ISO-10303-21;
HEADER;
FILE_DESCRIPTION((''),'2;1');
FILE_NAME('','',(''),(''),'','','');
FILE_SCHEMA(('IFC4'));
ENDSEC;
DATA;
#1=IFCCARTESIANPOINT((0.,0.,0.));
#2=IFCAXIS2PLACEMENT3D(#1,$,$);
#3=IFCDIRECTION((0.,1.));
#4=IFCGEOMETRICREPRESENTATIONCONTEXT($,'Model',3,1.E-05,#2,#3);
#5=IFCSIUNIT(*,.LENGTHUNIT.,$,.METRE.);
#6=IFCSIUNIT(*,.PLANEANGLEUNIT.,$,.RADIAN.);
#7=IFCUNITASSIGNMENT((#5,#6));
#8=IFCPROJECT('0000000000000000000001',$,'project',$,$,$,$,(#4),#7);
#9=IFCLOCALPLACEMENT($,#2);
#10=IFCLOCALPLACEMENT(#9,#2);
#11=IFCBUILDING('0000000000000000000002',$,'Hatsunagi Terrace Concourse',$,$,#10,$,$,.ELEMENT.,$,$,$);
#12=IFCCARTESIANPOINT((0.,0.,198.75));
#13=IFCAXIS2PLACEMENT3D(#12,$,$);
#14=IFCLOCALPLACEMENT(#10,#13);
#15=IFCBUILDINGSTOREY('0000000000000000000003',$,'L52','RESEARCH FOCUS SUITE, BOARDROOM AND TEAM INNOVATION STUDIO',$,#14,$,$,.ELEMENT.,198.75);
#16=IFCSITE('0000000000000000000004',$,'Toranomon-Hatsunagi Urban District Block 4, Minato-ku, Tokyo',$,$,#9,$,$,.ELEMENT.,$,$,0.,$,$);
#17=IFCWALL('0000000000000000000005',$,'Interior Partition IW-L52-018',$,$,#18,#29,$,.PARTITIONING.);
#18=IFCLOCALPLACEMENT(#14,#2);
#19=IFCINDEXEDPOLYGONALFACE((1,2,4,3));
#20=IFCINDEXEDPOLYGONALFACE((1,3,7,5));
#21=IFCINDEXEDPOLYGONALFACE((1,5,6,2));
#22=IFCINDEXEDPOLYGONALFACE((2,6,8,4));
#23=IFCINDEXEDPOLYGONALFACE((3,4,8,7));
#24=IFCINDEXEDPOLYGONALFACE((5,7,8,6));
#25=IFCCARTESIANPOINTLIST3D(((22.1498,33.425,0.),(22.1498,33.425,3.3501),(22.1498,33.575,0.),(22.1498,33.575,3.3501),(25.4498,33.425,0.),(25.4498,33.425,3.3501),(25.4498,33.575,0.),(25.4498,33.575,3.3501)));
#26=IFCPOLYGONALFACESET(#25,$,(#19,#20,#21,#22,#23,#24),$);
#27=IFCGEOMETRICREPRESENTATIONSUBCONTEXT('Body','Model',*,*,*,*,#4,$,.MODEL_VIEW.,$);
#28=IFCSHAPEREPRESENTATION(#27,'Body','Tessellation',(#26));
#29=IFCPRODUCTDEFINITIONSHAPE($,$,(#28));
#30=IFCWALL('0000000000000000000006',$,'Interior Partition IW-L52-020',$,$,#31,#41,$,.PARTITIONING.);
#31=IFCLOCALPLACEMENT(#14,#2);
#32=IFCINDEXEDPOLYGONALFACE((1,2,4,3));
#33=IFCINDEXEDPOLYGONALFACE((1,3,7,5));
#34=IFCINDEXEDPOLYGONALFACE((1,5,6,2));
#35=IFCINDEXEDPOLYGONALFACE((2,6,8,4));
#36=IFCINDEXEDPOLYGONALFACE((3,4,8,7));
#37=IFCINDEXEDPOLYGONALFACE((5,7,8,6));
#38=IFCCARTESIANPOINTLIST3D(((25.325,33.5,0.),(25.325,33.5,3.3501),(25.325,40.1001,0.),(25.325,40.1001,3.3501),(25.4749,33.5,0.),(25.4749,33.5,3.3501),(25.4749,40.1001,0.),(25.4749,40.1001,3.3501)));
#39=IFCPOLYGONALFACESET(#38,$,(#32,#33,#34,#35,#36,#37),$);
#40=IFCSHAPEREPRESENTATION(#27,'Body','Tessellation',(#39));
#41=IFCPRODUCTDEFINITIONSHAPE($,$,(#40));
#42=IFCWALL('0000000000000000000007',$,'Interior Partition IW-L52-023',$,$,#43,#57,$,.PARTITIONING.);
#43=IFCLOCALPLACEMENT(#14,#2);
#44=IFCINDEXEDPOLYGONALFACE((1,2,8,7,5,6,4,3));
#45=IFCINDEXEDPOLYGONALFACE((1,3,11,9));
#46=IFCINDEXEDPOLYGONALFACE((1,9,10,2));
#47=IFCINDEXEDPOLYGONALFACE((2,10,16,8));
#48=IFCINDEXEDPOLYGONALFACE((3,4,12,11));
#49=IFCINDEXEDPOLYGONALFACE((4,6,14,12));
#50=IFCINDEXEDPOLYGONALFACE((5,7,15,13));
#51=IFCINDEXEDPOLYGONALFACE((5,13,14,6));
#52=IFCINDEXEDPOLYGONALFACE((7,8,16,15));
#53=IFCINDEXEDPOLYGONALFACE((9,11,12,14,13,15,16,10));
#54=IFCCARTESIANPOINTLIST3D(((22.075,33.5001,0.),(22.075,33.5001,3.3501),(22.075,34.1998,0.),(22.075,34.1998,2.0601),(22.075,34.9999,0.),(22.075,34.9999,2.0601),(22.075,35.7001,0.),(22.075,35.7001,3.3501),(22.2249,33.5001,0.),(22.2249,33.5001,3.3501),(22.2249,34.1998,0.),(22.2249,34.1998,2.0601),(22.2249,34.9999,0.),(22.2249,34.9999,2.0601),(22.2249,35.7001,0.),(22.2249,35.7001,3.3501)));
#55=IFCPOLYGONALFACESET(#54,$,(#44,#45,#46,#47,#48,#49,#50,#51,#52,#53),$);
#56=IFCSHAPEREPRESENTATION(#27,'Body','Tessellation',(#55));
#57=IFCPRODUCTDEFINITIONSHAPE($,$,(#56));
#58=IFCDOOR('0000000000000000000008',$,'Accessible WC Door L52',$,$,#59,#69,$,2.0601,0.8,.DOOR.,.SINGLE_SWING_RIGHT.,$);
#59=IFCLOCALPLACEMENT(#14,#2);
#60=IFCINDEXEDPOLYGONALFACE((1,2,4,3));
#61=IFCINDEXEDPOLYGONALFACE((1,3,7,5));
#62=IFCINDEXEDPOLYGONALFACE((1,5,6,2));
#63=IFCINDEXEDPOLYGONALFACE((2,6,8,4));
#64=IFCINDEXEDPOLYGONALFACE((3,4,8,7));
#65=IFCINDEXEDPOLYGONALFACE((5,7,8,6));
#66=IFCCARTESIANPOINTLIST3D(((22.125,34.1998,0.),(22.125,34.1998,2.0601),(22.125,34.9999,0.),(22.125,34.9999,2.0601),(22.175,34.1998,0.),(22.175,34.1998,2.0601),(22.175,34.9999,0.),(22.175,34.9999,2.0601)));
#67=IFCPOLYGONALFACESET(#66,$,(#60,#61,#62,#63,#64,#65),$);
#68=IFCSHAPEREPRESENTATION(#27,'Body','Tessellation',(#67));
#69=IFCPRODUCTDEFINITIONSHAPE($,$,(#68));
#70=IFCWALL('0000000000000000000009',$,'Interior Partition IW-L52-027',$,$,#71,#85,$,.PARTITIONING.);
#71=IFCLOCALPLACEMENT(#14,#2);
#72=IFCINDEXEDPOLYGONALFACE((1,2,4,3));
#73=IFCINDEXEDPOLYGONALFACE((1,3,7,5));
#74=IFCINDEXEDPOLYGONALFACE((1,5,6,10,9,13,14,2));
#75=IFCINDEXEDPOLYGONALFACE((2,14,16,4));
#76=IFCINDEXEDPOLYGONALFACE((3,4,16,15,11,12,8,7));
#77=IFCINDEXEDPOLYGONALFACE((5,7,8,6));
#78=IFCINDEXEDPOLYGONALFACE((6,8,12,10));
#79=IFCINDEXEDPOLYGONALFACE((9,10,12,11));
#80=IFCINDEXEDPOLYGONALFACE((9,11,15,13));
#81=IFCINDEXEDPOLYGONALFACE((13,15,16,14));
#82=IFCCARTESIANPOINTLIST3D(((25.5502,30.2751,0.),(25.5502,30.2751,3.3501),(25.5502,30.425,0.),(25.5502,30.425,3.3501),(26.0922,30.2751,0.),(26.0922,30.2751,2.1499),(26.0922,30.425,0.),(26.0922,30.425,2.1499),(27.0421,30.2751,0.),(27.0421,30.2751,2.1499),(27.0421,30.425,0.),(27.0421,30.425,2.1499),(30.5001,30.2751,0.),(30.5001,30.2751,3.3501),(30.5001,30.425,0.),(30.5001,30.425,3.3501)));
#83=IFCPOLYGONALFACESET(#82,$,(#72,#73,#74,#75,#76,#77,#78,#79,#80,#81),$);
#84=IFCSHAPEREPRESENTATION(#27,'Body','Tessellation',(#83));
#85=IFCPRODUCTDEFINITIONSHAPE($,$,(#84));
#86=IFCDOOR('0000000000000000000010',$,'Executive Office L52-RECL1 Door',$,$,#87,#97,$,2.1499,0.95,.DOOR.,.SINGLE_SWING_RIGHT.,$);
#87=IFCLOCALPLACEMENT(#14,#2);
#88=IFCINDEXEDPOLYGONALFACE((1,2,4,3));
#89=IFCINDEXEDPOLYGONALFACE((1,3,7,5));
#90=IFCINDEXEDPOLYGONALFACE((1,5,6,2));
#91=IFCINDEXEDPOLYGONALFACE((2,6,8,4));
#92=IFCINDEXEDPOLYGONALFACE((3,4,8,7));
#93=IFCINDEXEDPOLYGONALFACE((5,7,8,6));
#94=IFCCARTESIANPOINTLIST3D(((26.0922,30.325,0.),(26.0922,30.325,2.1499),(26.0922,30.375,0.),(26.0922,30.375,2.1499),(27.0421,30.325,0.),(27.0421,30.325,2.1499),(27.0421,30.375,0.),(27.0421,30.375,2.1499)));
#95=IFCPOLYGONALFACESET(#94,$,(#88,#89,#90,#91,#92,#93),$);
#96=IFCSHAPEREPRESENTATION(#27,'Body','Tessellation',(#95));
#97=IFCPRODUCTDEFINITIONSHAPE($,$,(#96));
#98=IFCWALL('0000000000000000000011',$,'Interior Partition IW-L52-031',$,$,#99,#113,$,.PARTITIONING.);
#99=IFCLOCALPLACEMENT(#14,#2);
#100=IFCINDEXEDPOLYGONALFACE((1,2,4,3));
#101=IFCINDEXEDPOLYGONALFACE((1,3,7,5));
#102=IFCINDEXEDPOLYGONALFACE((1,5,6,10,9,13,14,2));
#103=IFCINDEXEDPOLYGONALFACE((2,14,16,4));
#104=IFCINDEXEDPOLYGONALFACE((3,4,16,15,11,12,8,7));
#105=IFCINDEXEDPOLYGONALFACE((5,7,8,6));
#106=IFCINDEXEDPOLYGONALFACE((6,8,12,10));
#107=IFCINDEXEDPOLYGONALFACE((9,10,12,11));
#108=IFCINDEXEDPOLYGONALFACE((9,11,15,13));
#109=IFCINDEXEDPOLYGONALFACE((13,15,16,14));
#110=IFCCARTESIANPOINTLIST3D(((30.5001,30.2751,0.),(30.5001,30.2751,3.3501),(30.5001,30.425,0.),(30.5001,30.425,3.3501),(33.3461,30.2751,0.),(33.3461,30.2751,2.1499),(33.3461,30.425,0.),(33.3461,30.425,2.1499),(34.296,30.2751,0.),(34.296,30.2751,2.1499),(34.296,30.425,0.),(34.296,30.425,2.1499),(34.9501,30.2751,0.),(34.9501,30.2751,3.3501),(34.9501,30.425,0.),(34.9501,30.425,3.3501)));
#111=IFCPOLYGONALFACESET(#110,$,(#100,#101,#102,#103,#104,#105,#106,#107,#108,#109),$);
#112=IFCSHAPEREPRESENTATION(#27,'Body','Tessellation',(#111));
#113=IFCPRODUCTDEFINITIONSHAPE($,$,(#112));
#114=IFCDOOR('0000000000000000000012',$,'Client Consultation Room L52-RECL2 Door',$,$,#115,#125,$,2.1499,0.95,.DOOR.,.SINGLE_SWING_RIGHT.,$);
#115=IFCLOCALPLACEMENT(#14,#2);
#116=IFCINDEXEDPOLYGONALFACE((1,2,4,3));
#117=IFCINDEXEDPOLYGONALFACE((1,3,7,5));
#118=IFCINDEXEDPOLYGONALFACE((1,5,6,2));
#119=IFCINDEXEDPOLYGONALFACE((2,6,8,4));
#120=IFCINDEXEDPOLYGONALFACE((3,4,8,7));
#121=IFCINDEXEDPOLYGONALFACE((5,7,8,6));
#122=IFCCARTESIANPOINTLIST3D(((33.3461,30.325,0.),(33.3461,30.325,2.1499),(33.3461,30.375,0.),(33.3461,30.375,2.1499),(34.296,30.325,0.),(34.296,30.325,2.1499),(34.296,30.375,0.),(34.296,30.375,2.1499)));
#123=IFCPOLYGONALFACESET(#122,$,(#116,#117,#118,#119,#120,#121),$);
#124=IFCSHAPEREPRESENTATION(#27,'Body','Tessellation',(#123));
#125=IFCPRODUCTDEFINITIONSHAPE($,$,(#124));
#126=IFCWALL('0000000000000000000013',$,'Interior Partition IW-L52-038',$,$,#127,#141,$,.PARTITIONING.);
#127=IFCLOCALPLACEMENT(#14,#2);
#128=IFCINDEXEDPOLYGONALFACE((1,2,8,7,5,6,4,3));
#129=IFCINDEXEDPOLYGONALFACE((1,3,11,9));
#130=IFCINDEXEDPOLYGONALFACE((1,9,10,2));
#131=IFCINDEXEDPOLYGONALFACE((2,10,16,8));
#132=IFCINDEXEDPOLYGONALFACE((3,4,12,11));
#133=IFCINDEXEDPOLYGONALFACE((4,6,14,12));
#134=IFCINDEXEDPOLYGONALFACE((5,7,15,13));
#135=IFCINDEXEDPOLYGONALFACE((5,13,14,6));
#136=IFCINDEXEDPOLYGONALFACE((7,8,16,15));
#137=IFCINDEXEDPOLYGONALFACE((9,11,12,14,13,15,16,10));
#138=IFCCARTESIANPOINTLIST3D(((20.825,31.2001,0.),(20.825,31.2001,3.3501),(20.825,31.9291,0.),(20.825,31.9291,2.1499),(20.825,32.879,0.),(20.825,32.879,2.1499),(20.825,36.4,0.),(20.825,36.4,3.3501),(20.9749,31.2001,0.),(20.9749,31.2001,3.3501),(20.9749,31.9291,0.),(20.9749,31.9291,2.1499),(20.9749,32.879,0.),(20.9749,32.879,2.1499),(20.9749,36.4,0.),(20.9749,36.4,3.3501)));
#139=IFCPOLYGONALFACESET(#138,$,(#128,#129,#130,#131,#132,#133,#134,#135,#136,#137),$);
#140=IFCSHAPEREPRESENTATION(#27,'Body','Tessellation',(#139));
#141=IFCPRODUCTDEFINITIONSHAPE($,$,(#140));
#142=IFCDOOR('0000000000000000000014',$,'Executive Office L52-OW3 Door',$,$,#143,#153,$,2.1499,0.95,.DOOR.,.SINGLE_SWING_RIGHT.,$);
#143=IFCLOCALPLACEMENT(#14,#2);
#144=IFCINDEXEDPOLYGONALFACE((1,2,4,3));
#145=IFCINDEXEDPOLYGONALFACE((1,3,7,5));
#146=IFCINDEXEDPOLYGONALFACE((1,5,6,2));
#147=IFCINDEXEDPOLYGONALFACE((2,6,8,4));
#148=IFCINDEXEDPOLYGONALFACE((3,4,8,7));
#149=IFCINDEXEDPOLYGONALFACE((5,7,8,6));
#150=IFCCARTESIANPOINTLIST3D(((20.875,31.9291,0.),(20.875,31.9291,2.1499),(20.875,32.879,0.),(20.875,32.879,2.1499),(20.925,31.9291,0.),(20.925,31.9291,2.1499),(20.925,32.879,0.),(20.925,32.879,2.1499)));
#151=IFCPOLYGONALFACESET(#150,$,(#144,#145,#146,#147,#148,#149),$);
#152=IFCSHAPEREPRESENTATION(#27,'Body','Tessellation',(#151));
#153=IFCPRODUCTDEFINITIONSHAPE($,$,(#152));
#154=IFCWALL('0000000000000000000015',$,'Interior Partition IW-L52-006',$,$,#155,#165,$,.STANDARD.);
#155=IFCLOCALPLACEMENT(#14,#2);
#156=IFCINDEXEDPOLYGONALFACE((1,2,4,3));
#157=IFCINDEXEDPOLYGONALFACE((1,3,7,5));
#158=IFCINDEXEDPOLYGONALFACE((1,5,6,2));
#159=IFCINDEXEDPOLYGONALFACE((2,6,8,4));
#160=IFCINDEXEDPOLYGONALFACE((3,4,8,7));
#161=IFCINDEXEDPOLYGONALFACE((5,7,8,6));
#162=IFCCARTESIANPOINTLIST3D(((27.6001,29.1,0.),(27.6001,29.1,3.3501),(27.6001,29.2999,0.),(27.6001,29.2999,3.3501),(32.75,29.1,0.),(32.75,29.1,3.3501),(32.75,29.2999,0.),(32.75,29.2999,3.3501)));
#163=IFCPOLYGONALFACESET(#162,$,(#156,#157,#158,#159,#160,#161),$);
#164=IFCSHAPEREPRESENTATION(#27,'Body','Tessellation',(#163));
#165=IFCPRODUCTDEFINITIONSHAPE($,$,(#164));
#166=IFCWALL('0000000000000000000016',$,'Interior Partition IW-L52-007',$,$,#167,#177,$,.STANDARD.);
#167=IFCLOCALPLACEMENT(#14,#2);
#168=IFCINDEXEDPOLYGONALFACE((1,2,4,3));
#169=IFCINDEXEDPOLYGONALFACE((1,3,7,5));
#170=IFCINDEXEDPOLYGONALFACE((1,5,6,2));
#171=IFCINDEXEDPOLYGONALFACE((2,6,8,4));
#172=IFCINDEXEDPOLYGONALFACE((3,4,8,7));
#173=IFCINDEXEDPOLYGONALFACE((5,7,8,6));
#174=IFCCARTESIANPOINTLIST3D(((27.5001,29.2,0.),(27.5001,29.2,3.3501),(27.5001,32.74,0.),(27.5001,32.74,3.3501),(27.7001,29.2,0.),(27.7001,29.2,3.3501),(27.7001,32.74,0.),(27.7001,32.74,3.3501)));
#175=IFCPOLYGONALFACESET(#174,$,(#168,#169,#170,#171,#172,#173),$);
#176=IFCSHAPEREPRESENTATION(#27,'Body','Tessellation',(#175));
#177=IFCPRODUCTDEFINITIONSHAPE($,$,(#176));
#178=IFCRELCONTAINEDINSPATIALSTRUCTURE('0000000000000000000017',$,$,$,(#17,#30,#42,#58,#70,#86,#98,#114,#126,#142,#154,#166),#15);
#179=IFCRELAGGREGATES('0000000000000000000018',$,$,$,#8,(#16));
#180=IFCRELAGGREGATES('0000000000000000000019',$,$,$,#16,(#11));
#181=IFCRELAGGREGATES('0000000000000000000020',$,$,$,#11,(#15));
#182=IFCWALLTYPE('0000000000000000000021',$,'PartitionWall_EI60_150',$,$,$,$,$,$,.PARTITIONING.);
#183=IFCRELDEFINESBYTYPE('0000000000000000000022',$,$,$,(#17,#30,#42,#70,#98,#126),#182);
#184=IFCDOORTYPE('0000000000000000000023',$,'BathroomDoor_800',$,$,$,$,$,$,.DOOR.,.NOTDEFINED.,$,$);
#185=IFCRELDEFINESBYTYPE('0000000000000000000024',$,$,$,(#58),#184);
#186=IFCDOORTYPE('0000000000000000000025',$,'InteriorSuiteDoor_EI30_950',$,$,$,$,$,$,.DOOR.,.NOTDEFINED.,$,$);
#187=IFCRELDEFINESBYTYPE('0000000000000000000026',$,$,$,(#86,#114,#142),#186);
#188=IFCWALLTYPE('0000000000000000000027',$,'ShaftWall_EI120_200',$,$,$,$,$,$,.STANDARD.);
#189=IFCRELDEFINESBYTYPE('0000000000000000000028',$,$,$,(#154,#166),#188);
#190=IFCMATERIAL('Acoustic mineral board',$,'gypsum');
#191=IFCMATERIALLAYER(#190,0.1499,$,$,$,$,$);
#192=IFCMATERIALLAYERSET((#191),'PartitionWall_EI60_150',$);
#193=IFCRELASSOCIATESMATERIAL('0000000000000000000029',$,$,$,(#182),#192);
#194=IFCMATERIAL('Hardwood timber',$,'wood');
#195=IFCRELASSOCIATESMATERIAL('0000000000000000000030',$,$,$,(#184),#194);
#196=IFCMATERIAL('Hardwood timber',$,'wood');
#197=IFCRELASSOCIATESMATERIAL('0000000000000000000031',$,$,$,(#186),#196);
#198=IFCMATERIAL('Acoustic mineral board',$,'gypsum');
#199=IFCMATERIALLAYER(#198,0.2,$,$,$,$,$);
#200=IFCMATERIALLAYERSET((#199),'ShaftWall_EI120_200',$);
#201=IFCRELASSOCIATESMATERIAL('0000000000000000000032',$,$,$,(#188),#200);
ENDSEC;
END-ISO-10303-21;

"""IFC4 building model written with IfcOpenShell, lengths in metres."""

from ifc_helpers import new_model, si_unit, direction, frame, frame_2d, origin, place, context, subcontext, project, spatial, rectangle, extrude, material, layer, layer_set, type_object, element, fill, save


model = new_model("IFC4")

# Units and contexts
model_context = context("Model", 3, precision=1e-05, world=origin(), true_north=direction((0.0, 1.0)))
body_context = subcontext(model_context, "Body", "Model", "MODEL_VIEW")
ifc_project = project(units=[si_unit("LENGTHUNIT", "METRE"), si_unit("PLANEANGLEUNIT", "RADIAN")], contexts=[model_context])

# Site, building, storey
site_placement = place(None, origin())
site = spatial("IfcSite", under=ifc_project, at=site_placement, Name="Toranomon-Hatsunagi Urban District Block 4, Minato-ku, Tokyo", CompositionType="ELEMENT", RefElevation=0.0)
building_placement = place(site_placement, origin())
building = spatial("IfcBuilding", under=site, at=building_placement, Name="Hatsunagi Terrace Concourse", CompositionType="ELEMENT")
storey_placement = place(building_placement, frame((0.0, 0.0, 198.75)))
storey = spatial("IfcBuildingStorey", under=building, at=storey_placement, Name="L52", Description="RESEARCH FOCUS SUITE, BOARDROOM AND TEAM INNOVATION STUDIO", CompositionType="ELEMENT", Elevation=198.75)

# Walls
ifc_material_1 = material(Name="Acoustic mineral board", Category="gypsum")
ifc_layer_1 = layer(ifc_material_1, 0.1499)
ifc_layer_set_1 = layer_set([ifc_layer_1], Name="PartitionWall_EI60_150")
wall_type_1 = type_object("IfcWallType", Name="PartitionWall_EI60_150", PredefinedType="PARTITIONING", material=ifc_layer_set_1)
wall_1_placement = place(storey_placement, frame((22.1499, 33.5, 0.0), z_axis=(0.0, 0.0, 1.0), x_axis=(1.0, 0.0, 0.0)))
element("IfcWall", 1, at=wall_1_placement, inside=storey, type_object=wall_type_1, Name="Interior Partition IW-L52-018", PredefinedType="PARTITIONING", context=body_context, shape_type="SweptSolid", body=[
    extrude(rectangle(XDim=3.3, YDim=0.1499, at=frame_2d((1.6499, 0.0))), origin(), (0.0, 0.0, 1.0), 3.3501),
])
wall_2_placement = place(storey_placement, frame((25.3999, 33.5, 0.0), z_axis=(0.0, 0.0, 1.0), x_axis=(0.0, 1.0, 0.0)))
element("IfcWall", 2, at=wall_2_placement, inside=storey, type_object=wall_type_1, Name="Interior Partition IW-L52-020", PredefinedType="PARTITIONING", context=body_context, shape_type="SweptSolid", body=[
    extrude(rectangle(XDim=6.6001, YDim=0.1499, at=frame_2d((3.3, 0.0))), origin(), (0.0, 0.0, 1.0), 3.3501),
])

# Walls, openings, doors
wall_3_placement = place(storey_placement, frame((22.1499, 33.5, 0.0), z_axis=(0.0, 0.0, 1.0), x_axis=(0.0, 1.0, 0.0)))
wall_3 = element("IfcWall", 3, at=wall_3_placement, inside=storey, type_object=wall_type_1, Name="Interior Partition IW-L52-023", PredefinedType="PARTITIONING", context=body_context, shape_type="SweptSolid", body=[
    extrude(rectangle(XDim=2.2, YDim=0.1499, at=frame_2d((1.1001, 0.0))), origin(), (0.0, 0.0, 1.0), 3.3501),
])
opening_1_placement = place(wall_3_placement, frame((0.7, 0.0, 0.0)))
opening_1 = element("IfcOpeningElement", 4, at=opening_1_placement, cuts=wall_3, PredefinedType="OPENING", context=body_context, shape_type="SweptSolid", body=[
    extrude(rectangle(XDim=0.8, YDim=2.0601, at=frame_2d((0.3999, 1.03))), frame((0.0, 0.085, 0.0), z_axis=(0.0, -1.0, 0.0), x_axis=(1.0, 0.0, 0.0)), (0.0, 0.0, 1.0), 0.1699),
])
ifc_material_2 = material(Name="Hardwood timber", Category="wood")
door_type_1 = type_object("IfcDoorType", Name="BathroomDoor_800", OperationType="NOTDEFINED", PredefinedType="DOOR", material=ifc_material_2)
door_1_placement = place(opening_1_placement, origin())
door_1 = element("IfcDoor", 5, at=door_1_placement, inside=storey, type_object=door_type_1, Name="Accessible WC Door L52", OperationType="SINGLE_SWING_RIGHT", OverallHeight=2.0601, OverallWidth=0.8, PredefinedType="DOOR", context=body_context, shape_type="SweptSolid", body=[
    extrude(rectangle(XDim=0.8, YDim=2.0601, at=frame_2d((0.3999, 1.03))), frame((0.0, 0.0249, 0.0), z_axis=(0.0, -1.0, 0.0), x_axis=(1.0, 0.0, 0.0)), (0.0, 0.0, 1.0), 0.05),
])
fill(opening_1, door_1)
wall_4_placement = place(storey_placement, frame((25.55, 30.3501, 0.0), z_axis=(0.0, 0.0, 1.0), x_axis=(1.0, 0.0, 0.0)))
wall_4 = element("IfcWall", 6, at=wall_4_placement, inside=storey, type_object=wall_type_1, Name="Interior Partition IW-L52-027", PredefinedType="PARTITIONING", context=body_context, shape_type="SweptSolid", body=[
    extrude(rectangle(XDim=4.95, YDim=0.1499, at=frame_2d((2.4751, 0.0))), origin(), (0.0, 0.0, 1.0), 3.3501),
])
opening_2_placement = place(wall_4_placement, frame((0.542, 0.0, 0.0)))
opening_2 = element("IfcOpeningElement", 7, at=opening_2_placement, cuts=wall_4, PredefinedType="OPENING", context=body_context, shape_type="SweptSolid", body=[
    extrude(rectangle(XDim=0.95, YDim=2.1499, at=frame_2d((0.4751, 1.075))), frame((0.0, 0.085, 0.0), z_axis=(0.0, -1.0, 0.0), x_axis=(1.0, 0.0, 0.0)), (0.0, 0.0, 1.0), 0.1699),
])
ifc_material_3 = material(Name="Hardwood timber", Category="wood")
door_type_2 = type_object("IfcDoorType", Name="InteriorSuiteDoor_EI30_950", OperationType="NOTDEFINED", PredefinedType="DOOR", material=ifc_material_3)
door_2_placement = place(opening_2_placement, origin())
door_2 = element("IfcDoor", 8, at=door_2_placement, inside=storey, type_object=door_type_2, Name="Executive Office L52-RECL1 Door", OperationType="SINGLE_SWING_RIGHT", OverallHeight=2.1499, OverallWidth=0.95, PredefinedType="DOOR", context=body_context, shape_type="SweptSolid", body=[
    extrude(rectangle(XDim=0.95, YDim=2.1499, at=frame_2d((0.4751, 1.075))), frame((0.0, 0.0249, 0.0), z_axis=(0.0, -1.0, 0.0), x_axis=(1.0, 0.0, 0.0)), (0.0, 0.0, 1.0), 0.05),
])
fill(opening_2, door_2)
wall_5_placement = place(storey_placement, frame((30.5, 30.3501, 0.0), z_axis=(0.0, 0.0, 1.0), x_axis=(1.0, 0.0, 0.0)))
wall_5 = element("IfcWall", 9, at=wall_5_placement, inside=storey, type_object=wall_type_1, Name="Interior Partition IW-L52-031", PredefinedType="PARTITIONING", context=body_context, shape_type="SweptSolid", body=[
    extrude(rectangle(XDim=4.45, YDim=0.1499, at=frame_2d((2.2251, 0.0))), origin(), (0.0, 0.0, 1.0), 3.3501),
])
opening_3_placement = place(wall_5_placement, frame((2.8459, 0.0, 0.0)))
opening_3 = element("IfcOpeningElement", 10, at=opening_3_placement, cuts=wall_5, PredefinedType="OPENING", context=body_context, shape_type="SweptSolid", body=[
    extrude(rectangle(XDim=0.95, YDim=2.1499, at=frame_2d((0.4751, 1.075))), frame((0.0, 0.085, 0.0), z_axis=(0.0, -1.0, 0.0), x_axis=(1.0, 0.0, 0.0)), (0.0, 0.0, 1.0), 0.1699),
])
door_3_placement = place(opening_3_placement, origin())
door_3 = element("IfcDoor", 11, at=door_3_placement, inside=storey, type_object=door_type_2, Name="Client Consultation Room L52-RECL2 Door", OperationType="SINGLE_SWING_RIGHT", OverallHeight=2.1499, OverallWidth=0.95, PredefinedType="DOOR", context=body_context, shape_type="SweptSolid", body=[
    extrude(rectangle(XDim=0.95, YDim=2.1499, at=frame_2d((0.4751, 1.075))), frame((0.0, 0.0249, 0.0), z_axis=(0.0, -1.0, 0.0), x_axis=(1.0, 0.0, 0.0)), (0.0, 0.0, 1.0), 0.05),
])
fill(opening_3, door_3)
wall_6_placement = place(storey_placement, frame((20.8999, 31.2, 0.0), z_axis=(0.0, 0.0, 1.0), x_axis=(0.0, 1.0, 0.0)))
wall_6 = element("IfcWall", 12, at=wall_6_placement, inside=storey, type_object=wall_type_1, Name="Interior Partition IW-L52-038", PredefinedType="PARTITIONING", context=body_context, shape_type="SweptSolid", body=[
    extrude(rectangle(XDim=5.2, YDim=0.1499, at=frame_2d((2.6001, 0.0))), origin(), (0.0, 0.0, 1.0), 3.3501),
])
opening_4_placement = place(wall_6_placement, frame((0.729, 0.0, 0.0)))
opening_4 = element("IfcOpeningElement", 13, at=opening_4_placement, cuts=wall_6, PredefinedType="OPENING", context=body_context, shape_type="SweptSolid", body=[
    extrude(rectangle(XDim=0.95, YDim=2.1499, at=frame_2d((0.4751, 1.075))), frame((0.0, 0.085, 0.0), z_axis=(0.0, -1.0, 0.0), x_axis=(1.0, 0.0, 0.0)), (0.0, 0.0, 1.0), 0.1699),
])
door_4_placement = place(opening_4_placement, origin())
door_4 = element("IfcDoor", 14, at=door_4_placement, inside=storey, type_object=door_type_2, Name="Executive Office L52-OW3 Door", OperationType="SINGLE_SWING_RIGHT", OverallHeight=2.1499, OverallWidth=0.95, PredefinedType="DOOR", context=body_context, shape_type="SweptSolid", body=[
    extrude(rectangle(XDim=0.95, YDim=2.1499, at=frame_2d((0.4751, 1.075))), frame((0.0, 0.0249, 0.0), z_axis=(0.0, -1.0, 0.0), x_axis=(1.0, 0.0, 0.0)), (0.0, 0.0, 1.0), 0.05),
])
fill(opening_4, door_4)

# Walls
ifc_material_4 = material(Name="Acoustic mineral board", Category="gypsum")
ifc_layer_2 = layer(ifc_material_4, 0.2)
ifc_layer_set_2 = layer_set([ifc_layer_2], Name="ShaftWall_EI120_200")
wall_type_2 = type_object("IfcWallType", Name="ShaftWall_EI120_200", PredefinedType="STANDARD", material=ifc_layer_set_2)
wall_7_placement = place(storey_placement, frame((27.6001, 29.2, 0.0), z_axis=(0.0, 0.0, 1.0), x_axis=(1.0, 0.0, 0.0)))
element("IfcWall", 15, at=wall_7_placement, inside=storey, type_object=wall_type_2, Name="Interior Partition IW-L52-006", PredefinedType="STANDARD", context=body_context, shape_type="SweptSolid", body=[
    extrude(rectangle(XDim=5.1499, YDim=0.2, at=frame_2d((2.575, 0.0))), origin(), (0.0, 0.0, 1.0), 3.3501),
])
wall_8_placement = place(storey_placement, frame((27.6001, 29.2, 0.0), z_axis=(0.0, 0.0, 1.0), x_axis=(0.0, 1.0, 0.0)))
element("IfcWall", 16, at=wall_8_placement, inside=storey, type_object=wall_type_2, Name="Interior Partition IW-L52-007", PredefinedType="STANDARD", context=body_context, shape_type="SweptSolid", body=[
    extrude(rectangle(XDim=3.54, YDim=0.2, at=frame_2d((1.77, 0.0))), origin(), (0.0, 0.0, 1.0), 3.3501),
])

save(model, "model.ifc")
